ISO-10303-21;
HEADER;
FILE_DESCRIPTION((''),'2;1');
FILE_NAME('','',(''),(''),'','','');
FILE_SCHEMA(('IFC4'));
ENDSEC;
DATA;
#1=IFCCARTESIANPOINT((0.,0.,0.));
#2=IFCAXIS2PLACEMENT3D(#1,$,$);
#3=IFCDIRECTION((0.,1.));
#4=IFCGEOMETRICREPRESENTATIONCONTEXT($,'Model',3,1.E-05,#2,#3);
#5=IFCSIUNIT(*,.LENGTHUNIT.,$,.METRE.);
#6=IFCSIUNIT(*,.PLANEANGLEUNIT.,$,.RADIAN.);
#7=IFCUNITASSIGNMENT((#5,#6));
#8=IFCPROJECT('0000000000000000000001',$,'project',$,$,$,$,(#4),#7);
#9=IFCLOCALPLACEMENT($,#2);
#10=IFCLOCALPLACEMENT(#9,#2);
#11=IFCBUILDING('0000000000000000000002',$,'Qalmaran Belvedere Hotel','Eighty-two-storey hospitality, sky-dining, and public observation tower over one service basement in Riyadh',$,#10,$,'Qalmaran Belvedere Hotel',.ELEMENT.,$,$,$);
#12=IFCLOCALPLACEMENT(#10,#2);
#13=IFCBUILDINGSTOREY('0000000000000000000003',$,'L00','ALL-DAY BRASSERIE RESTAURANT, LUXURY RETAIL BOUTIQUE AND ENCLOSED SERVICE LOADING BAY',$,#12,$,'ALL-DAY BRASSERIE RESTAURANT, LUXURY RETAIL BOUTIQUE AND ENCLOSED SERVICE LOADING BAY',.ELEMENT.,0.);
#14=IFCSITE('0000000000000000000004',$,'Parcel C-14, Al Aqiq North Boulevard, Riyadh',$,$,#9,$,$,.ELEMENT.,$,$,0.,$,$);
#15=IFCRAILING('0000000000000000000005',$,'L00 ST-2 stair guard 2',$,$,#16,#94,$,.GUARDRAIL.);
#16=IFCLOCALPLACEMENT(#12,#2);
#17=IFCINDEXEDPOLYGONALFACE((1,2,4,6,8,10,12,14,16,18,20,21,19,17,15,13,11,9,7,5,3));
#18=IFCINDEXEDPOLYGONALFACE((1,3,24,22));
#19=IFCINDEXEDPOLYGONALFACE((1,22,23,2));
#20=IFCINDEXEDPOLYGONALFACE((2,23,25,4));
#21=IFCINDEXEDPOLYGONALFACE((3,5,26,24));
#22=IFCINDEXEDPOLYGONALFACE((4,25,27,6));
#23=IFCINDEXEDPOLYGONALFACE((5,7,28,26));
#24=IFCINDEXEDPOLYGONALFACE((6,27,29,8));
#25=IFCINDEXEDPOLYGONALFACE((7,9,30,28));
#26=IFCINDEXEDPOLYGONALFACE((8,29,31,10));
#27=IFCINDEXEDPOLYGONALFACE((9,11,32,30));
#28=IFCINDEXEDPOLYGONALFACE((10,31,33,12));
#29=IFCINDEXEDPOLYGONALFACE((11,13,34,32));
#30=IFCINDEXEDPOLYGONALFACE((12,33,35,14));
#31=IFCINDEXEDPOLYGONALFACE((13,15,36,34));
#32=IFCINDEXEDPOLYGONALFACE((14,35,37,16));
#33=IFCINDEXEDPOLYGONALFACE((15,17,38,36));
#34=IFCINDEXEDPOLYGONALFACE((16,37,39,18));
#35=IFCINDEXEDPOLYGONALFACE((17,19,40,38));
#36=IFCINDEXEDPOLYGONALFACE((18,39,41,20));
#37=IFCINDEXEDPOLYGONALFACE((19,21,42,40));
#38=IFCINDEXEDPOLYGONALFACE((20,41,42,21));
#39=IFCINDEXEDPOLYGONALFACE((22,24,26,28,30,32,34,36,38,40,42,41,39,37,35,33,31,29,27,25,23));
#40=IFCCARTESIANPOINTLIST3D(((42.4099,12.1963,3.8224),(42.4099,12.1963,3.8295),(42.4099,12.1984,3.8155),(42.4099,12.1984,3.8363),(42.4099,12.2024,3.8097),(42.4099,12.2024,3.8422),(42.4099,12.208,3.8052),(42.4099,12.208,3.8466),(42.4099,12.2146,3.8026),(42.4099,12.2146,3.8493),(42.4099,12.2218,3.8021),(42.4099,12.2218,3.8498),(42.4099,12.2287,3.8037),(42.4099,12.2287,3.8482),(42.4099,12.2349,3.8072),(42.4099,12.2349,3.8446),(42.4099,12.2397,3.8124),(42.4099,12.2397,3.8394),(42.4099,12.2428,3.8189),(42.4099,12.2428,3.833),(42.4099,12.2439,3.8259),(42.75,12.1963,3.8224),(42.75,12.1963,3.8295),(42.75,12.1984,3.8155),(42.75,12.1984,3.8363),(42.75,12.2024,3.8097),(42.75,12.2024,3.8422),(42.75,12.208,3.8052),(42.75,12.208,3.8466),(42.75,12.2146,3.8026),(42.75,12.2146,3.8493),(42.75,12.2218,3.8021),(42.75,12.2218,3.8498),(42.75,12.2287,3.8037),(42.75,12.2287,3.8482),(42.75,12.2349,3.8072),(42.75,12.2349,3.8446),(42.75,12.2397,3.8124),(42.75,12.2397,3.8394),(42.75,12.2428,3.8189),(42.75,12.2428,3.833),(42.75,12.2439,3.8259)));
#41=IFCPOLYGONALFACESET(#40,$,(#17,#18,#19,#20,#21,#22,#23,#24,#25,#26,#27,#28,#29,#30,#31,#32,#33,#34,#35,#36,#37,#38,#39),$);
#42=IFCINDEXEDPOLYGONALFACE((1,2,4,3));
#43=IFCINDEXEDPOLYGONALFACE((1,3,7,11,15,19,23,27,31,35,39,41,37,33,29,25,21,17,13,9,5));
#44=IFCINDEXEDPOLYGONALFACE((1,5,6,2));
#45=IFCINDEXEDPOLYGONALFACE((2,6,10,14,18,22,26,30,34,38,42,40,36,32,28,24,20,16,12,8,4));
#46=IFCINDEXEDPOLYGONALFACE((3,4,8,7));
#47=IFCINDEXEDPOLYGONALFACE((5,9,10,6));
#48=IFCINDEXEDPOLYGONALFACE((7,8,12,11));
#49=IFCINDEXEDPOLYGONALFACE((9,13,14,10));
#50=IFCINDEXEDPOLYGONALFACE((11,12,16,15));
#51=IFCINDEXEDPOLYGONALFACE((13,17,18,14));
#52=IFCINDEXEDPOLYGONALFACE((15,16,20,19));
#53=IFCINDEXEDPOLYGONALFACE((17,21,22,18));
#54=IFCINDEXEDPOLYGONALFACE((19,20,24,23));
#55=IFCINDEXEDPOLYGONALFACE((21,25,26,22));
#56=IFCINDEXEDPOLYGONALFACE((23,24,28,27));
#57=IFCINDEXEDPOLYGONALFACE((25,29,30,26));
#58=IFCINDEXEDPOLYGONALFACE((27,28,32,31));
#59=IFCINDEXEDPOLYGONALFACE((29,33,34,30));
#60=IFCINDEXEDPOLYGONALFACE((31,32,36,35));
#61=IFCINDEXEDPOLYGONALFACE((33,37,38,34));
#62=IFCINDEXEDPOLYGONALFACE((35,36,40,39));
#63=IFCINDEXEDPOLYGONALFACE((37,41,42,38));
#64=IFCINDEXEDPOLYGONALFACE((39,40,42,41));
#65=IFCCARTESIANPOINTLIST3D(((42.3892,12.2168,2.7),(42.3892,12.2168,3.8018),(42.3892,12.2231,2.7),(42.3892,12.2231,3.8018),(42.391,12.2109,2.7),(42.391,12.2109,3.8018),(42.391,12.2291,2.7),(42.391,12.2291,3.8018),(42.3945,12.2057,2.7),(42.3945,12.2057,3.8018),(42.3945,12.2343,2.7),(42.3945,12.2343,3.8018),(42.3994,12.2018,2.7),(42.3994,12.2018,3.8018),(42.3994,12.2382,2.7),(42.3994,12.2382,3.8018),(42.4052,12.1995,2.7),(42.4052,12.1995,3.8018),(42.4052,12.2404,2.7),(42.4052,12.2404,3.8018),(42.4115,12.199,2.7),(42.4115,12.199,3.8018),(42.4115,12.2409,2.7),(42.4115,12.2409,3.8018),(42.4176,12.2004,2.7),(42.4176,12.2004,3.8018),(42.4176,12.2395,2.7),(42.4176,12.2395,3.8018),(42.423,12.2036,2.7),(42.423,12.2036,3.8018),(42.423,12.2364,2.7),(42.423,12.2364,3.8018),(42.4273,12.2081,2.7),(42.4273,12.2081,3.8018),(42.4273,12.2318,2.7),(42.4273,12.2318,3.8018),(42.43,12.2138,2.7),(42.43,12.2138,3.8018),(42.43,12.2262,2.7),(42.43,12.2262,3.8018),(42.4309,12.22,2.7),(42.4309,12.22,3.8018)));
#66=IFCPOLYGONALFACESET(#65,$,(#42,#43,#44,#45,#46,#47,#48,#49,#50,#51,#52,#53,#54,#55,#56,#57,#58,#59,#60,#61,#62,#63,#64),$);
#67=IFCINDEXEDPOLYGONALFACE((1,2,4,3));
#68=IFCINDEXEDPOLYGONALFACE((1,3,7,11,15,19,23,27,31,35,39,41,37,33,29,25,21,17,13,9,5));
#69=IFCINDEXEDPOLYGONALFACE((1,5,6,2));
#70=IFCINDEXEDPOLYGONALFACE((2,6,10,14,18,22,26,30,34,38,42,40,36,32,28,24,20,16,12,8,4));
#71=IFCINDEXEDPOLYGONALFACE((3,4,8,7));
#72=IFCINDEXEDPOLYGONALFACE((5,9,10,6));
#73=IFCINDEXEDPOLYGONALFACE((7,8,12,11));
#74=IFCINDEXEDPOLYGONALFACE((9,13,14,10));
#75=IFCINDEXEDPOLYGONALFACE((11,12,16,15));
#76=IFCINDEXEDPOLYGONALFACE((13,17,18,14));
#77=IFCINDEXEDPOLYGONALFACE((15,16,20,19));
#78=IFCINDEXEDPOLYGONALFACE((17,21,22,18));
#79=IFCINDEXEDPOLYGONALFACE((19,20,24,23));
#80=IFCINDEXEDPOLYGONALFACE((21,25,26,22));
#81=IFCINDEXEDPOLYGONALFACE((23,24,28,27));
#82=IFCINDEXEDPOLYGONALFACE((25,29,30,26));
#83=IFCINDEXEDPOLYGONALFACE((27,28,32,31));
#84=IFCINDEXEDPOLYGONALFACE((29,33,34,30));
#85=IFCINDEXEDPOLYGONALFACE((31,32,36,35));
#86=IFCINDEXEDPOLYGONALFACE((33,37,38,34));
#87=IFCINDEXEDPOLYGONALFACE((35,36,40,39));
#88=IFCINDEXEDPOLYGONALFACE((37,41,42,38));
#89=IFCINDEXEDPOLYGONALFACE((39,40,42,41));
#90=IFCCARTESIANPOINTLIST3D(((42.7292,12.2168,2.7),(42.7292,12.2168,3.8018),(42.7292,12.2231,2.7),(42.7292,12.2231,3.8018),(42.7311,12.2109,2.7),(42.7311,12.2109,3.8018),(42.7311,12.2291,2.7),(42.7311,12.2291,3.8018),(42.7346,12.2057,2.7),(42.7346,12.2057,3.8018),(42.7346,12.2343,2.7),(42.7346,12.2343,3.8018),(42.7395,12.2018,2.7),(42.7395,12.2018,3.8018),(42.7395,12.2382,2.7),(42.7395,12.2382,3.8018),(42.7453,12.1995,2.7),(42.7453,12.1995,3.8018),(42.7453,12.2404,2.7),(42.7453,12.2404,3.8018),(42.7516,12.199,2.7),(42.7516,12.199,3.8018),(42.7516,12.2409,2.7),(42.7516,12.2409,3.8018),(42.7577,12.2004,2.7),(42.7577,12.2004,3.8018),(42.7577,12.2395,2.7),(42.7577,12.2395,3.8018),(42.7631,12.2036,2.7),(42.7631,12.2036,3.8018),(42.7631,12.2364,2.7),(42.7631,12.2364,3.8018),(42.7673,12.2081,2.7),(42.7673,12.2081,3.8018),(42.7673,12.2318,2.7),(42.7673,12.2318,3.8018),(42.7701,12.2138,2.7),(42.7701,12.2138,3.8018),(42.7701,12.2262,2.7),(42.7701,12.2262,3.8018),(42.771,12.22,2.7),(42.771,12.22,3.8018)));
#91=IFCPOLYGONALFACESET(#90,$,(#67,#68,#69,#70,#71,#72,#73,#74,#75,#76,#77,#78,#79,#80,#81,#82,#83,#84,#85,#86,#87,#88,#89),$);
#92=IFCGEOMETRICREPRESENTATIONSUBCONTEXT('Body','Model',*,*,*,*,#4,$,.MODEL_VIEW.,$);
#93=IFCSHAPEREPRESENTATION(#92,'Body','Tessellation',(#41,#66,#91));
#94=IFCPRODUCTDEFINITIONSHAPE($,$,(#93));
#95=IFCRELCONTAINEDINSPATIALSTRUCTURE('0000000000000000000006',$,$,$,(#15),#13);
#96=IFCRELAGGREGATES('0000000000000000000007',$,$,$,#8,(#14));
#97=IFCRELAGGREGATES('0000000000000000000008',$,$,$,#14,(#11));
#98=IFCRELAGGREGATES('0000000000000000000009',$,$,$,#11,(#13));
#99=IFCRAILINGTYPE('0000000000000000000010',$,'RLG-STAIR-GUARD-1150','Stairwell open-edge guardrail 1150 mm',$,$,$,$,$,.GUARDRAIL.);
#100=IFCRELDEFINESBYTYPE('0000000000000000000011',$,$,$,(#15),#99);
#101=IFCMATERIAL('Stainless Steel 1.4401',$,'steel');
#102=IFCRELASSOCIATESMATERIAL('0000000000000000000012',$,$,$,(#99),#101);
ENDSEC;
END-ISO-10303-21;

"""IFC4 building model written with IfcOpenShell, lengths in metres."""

from ifc_helpers import new_model, si_unit, direction, frame, origin, origin_2d, place, context, subcontext, project, spatial, circle, extrude, material, type_object, element, save


model = new_model("IFC4")

# Units and contexts
model_context = context("Model", 3, precision=1e-05, world=origin(), true_north=direction((0.0, 1.0)))
body_context = subcontext(model_context, "Body", "Model", "MODEL_VIEW")
ifc_project = project(units=[si_unit("LENGTHUNIT", "METRE"), si_unit("PLANEANGLEUNIT", "RADIAN")], contexts=[model_context])

# Site, building, storey
site_placement = place(None, origin())
site = spatial("IfcSite", under=ifc_project, at=site_placement, Name="Parcel C-14, Al Aqiq North Boulevard, Riyadh", CompositionType="ELEMENT", RefElevation=0.0)
building_placement = place(site_placement, origin())
building = spatial("IfcBuilding", under=site, at=building_placement, Name="Qalmaran Belvedere Hotel", Description="Eighty-two-storey hospitality, sky-dining, and public observation tower over one service basement in Riyadh", LongName="Qalmaran Belvedere Hotel", CompositionType="ELEMENT")
storey_placement = place(building_placement, origin())
storey = spatial("IfcBuildingStorey", under=building, at=storey_placement, Name="L00", Description="ALL-DAY BRASSERIE RESTAURANT, LUXURY RETAIL BOUTIQUE AND ENCLOSED SERVICE LOADING BAY", LongName="ALL-DAY BRASSERIE RESTAURANT, LUXURY RETAIL BOUTIQUE AND ENCLOSED SERVICE LOADING BAY", CompositionType="ELEMENT", Elevation=0.0)

# Railing
ifc_material_1 = material(Name="Stainless Steel 1.4401", Category="steel")
railing_type_1 = type_object("IfcRailingType", Name="RLG-STAIR-GUARD-1150", Description="Stairwell open-edge guardrail 1150 mm", PredefinedType="GUARDRAIL", material=ifc_material_1)
railing_1_placement = place(storey_placement, frame((42.4099, 12.22, 2.7)))
element("IfcRailing", 1, at=railing_1_placement, inside=storey, type_object=railing_type_1, Name="L00 ST-2 stair guard 2", PredefinedType="GUARDRAIL", context=body_context, shape_type="SweptSolid", body=[
    extrude(circle(Radius=0.0239, at=origin_2d()), frame((0.0, 0.0, 1.126), z_axis=(1.0, 0.0, 0.0), x_axis=(0.0, 1.0, 0.0)), (0.0, 0.0, 1.0), 0.3401),
    extrude(circle(Radius=0.021, at=origin_2d()), origin(), (0.0, 0.0, 1.0), 1.1018),
    extrude(circle(Radius=0.021, at=origin_2d()), frame((0.3401, 0.0, 0.0)), (0.0, 0.0, 1.0), 1.1018),
])

save(model, "model.ifc")
